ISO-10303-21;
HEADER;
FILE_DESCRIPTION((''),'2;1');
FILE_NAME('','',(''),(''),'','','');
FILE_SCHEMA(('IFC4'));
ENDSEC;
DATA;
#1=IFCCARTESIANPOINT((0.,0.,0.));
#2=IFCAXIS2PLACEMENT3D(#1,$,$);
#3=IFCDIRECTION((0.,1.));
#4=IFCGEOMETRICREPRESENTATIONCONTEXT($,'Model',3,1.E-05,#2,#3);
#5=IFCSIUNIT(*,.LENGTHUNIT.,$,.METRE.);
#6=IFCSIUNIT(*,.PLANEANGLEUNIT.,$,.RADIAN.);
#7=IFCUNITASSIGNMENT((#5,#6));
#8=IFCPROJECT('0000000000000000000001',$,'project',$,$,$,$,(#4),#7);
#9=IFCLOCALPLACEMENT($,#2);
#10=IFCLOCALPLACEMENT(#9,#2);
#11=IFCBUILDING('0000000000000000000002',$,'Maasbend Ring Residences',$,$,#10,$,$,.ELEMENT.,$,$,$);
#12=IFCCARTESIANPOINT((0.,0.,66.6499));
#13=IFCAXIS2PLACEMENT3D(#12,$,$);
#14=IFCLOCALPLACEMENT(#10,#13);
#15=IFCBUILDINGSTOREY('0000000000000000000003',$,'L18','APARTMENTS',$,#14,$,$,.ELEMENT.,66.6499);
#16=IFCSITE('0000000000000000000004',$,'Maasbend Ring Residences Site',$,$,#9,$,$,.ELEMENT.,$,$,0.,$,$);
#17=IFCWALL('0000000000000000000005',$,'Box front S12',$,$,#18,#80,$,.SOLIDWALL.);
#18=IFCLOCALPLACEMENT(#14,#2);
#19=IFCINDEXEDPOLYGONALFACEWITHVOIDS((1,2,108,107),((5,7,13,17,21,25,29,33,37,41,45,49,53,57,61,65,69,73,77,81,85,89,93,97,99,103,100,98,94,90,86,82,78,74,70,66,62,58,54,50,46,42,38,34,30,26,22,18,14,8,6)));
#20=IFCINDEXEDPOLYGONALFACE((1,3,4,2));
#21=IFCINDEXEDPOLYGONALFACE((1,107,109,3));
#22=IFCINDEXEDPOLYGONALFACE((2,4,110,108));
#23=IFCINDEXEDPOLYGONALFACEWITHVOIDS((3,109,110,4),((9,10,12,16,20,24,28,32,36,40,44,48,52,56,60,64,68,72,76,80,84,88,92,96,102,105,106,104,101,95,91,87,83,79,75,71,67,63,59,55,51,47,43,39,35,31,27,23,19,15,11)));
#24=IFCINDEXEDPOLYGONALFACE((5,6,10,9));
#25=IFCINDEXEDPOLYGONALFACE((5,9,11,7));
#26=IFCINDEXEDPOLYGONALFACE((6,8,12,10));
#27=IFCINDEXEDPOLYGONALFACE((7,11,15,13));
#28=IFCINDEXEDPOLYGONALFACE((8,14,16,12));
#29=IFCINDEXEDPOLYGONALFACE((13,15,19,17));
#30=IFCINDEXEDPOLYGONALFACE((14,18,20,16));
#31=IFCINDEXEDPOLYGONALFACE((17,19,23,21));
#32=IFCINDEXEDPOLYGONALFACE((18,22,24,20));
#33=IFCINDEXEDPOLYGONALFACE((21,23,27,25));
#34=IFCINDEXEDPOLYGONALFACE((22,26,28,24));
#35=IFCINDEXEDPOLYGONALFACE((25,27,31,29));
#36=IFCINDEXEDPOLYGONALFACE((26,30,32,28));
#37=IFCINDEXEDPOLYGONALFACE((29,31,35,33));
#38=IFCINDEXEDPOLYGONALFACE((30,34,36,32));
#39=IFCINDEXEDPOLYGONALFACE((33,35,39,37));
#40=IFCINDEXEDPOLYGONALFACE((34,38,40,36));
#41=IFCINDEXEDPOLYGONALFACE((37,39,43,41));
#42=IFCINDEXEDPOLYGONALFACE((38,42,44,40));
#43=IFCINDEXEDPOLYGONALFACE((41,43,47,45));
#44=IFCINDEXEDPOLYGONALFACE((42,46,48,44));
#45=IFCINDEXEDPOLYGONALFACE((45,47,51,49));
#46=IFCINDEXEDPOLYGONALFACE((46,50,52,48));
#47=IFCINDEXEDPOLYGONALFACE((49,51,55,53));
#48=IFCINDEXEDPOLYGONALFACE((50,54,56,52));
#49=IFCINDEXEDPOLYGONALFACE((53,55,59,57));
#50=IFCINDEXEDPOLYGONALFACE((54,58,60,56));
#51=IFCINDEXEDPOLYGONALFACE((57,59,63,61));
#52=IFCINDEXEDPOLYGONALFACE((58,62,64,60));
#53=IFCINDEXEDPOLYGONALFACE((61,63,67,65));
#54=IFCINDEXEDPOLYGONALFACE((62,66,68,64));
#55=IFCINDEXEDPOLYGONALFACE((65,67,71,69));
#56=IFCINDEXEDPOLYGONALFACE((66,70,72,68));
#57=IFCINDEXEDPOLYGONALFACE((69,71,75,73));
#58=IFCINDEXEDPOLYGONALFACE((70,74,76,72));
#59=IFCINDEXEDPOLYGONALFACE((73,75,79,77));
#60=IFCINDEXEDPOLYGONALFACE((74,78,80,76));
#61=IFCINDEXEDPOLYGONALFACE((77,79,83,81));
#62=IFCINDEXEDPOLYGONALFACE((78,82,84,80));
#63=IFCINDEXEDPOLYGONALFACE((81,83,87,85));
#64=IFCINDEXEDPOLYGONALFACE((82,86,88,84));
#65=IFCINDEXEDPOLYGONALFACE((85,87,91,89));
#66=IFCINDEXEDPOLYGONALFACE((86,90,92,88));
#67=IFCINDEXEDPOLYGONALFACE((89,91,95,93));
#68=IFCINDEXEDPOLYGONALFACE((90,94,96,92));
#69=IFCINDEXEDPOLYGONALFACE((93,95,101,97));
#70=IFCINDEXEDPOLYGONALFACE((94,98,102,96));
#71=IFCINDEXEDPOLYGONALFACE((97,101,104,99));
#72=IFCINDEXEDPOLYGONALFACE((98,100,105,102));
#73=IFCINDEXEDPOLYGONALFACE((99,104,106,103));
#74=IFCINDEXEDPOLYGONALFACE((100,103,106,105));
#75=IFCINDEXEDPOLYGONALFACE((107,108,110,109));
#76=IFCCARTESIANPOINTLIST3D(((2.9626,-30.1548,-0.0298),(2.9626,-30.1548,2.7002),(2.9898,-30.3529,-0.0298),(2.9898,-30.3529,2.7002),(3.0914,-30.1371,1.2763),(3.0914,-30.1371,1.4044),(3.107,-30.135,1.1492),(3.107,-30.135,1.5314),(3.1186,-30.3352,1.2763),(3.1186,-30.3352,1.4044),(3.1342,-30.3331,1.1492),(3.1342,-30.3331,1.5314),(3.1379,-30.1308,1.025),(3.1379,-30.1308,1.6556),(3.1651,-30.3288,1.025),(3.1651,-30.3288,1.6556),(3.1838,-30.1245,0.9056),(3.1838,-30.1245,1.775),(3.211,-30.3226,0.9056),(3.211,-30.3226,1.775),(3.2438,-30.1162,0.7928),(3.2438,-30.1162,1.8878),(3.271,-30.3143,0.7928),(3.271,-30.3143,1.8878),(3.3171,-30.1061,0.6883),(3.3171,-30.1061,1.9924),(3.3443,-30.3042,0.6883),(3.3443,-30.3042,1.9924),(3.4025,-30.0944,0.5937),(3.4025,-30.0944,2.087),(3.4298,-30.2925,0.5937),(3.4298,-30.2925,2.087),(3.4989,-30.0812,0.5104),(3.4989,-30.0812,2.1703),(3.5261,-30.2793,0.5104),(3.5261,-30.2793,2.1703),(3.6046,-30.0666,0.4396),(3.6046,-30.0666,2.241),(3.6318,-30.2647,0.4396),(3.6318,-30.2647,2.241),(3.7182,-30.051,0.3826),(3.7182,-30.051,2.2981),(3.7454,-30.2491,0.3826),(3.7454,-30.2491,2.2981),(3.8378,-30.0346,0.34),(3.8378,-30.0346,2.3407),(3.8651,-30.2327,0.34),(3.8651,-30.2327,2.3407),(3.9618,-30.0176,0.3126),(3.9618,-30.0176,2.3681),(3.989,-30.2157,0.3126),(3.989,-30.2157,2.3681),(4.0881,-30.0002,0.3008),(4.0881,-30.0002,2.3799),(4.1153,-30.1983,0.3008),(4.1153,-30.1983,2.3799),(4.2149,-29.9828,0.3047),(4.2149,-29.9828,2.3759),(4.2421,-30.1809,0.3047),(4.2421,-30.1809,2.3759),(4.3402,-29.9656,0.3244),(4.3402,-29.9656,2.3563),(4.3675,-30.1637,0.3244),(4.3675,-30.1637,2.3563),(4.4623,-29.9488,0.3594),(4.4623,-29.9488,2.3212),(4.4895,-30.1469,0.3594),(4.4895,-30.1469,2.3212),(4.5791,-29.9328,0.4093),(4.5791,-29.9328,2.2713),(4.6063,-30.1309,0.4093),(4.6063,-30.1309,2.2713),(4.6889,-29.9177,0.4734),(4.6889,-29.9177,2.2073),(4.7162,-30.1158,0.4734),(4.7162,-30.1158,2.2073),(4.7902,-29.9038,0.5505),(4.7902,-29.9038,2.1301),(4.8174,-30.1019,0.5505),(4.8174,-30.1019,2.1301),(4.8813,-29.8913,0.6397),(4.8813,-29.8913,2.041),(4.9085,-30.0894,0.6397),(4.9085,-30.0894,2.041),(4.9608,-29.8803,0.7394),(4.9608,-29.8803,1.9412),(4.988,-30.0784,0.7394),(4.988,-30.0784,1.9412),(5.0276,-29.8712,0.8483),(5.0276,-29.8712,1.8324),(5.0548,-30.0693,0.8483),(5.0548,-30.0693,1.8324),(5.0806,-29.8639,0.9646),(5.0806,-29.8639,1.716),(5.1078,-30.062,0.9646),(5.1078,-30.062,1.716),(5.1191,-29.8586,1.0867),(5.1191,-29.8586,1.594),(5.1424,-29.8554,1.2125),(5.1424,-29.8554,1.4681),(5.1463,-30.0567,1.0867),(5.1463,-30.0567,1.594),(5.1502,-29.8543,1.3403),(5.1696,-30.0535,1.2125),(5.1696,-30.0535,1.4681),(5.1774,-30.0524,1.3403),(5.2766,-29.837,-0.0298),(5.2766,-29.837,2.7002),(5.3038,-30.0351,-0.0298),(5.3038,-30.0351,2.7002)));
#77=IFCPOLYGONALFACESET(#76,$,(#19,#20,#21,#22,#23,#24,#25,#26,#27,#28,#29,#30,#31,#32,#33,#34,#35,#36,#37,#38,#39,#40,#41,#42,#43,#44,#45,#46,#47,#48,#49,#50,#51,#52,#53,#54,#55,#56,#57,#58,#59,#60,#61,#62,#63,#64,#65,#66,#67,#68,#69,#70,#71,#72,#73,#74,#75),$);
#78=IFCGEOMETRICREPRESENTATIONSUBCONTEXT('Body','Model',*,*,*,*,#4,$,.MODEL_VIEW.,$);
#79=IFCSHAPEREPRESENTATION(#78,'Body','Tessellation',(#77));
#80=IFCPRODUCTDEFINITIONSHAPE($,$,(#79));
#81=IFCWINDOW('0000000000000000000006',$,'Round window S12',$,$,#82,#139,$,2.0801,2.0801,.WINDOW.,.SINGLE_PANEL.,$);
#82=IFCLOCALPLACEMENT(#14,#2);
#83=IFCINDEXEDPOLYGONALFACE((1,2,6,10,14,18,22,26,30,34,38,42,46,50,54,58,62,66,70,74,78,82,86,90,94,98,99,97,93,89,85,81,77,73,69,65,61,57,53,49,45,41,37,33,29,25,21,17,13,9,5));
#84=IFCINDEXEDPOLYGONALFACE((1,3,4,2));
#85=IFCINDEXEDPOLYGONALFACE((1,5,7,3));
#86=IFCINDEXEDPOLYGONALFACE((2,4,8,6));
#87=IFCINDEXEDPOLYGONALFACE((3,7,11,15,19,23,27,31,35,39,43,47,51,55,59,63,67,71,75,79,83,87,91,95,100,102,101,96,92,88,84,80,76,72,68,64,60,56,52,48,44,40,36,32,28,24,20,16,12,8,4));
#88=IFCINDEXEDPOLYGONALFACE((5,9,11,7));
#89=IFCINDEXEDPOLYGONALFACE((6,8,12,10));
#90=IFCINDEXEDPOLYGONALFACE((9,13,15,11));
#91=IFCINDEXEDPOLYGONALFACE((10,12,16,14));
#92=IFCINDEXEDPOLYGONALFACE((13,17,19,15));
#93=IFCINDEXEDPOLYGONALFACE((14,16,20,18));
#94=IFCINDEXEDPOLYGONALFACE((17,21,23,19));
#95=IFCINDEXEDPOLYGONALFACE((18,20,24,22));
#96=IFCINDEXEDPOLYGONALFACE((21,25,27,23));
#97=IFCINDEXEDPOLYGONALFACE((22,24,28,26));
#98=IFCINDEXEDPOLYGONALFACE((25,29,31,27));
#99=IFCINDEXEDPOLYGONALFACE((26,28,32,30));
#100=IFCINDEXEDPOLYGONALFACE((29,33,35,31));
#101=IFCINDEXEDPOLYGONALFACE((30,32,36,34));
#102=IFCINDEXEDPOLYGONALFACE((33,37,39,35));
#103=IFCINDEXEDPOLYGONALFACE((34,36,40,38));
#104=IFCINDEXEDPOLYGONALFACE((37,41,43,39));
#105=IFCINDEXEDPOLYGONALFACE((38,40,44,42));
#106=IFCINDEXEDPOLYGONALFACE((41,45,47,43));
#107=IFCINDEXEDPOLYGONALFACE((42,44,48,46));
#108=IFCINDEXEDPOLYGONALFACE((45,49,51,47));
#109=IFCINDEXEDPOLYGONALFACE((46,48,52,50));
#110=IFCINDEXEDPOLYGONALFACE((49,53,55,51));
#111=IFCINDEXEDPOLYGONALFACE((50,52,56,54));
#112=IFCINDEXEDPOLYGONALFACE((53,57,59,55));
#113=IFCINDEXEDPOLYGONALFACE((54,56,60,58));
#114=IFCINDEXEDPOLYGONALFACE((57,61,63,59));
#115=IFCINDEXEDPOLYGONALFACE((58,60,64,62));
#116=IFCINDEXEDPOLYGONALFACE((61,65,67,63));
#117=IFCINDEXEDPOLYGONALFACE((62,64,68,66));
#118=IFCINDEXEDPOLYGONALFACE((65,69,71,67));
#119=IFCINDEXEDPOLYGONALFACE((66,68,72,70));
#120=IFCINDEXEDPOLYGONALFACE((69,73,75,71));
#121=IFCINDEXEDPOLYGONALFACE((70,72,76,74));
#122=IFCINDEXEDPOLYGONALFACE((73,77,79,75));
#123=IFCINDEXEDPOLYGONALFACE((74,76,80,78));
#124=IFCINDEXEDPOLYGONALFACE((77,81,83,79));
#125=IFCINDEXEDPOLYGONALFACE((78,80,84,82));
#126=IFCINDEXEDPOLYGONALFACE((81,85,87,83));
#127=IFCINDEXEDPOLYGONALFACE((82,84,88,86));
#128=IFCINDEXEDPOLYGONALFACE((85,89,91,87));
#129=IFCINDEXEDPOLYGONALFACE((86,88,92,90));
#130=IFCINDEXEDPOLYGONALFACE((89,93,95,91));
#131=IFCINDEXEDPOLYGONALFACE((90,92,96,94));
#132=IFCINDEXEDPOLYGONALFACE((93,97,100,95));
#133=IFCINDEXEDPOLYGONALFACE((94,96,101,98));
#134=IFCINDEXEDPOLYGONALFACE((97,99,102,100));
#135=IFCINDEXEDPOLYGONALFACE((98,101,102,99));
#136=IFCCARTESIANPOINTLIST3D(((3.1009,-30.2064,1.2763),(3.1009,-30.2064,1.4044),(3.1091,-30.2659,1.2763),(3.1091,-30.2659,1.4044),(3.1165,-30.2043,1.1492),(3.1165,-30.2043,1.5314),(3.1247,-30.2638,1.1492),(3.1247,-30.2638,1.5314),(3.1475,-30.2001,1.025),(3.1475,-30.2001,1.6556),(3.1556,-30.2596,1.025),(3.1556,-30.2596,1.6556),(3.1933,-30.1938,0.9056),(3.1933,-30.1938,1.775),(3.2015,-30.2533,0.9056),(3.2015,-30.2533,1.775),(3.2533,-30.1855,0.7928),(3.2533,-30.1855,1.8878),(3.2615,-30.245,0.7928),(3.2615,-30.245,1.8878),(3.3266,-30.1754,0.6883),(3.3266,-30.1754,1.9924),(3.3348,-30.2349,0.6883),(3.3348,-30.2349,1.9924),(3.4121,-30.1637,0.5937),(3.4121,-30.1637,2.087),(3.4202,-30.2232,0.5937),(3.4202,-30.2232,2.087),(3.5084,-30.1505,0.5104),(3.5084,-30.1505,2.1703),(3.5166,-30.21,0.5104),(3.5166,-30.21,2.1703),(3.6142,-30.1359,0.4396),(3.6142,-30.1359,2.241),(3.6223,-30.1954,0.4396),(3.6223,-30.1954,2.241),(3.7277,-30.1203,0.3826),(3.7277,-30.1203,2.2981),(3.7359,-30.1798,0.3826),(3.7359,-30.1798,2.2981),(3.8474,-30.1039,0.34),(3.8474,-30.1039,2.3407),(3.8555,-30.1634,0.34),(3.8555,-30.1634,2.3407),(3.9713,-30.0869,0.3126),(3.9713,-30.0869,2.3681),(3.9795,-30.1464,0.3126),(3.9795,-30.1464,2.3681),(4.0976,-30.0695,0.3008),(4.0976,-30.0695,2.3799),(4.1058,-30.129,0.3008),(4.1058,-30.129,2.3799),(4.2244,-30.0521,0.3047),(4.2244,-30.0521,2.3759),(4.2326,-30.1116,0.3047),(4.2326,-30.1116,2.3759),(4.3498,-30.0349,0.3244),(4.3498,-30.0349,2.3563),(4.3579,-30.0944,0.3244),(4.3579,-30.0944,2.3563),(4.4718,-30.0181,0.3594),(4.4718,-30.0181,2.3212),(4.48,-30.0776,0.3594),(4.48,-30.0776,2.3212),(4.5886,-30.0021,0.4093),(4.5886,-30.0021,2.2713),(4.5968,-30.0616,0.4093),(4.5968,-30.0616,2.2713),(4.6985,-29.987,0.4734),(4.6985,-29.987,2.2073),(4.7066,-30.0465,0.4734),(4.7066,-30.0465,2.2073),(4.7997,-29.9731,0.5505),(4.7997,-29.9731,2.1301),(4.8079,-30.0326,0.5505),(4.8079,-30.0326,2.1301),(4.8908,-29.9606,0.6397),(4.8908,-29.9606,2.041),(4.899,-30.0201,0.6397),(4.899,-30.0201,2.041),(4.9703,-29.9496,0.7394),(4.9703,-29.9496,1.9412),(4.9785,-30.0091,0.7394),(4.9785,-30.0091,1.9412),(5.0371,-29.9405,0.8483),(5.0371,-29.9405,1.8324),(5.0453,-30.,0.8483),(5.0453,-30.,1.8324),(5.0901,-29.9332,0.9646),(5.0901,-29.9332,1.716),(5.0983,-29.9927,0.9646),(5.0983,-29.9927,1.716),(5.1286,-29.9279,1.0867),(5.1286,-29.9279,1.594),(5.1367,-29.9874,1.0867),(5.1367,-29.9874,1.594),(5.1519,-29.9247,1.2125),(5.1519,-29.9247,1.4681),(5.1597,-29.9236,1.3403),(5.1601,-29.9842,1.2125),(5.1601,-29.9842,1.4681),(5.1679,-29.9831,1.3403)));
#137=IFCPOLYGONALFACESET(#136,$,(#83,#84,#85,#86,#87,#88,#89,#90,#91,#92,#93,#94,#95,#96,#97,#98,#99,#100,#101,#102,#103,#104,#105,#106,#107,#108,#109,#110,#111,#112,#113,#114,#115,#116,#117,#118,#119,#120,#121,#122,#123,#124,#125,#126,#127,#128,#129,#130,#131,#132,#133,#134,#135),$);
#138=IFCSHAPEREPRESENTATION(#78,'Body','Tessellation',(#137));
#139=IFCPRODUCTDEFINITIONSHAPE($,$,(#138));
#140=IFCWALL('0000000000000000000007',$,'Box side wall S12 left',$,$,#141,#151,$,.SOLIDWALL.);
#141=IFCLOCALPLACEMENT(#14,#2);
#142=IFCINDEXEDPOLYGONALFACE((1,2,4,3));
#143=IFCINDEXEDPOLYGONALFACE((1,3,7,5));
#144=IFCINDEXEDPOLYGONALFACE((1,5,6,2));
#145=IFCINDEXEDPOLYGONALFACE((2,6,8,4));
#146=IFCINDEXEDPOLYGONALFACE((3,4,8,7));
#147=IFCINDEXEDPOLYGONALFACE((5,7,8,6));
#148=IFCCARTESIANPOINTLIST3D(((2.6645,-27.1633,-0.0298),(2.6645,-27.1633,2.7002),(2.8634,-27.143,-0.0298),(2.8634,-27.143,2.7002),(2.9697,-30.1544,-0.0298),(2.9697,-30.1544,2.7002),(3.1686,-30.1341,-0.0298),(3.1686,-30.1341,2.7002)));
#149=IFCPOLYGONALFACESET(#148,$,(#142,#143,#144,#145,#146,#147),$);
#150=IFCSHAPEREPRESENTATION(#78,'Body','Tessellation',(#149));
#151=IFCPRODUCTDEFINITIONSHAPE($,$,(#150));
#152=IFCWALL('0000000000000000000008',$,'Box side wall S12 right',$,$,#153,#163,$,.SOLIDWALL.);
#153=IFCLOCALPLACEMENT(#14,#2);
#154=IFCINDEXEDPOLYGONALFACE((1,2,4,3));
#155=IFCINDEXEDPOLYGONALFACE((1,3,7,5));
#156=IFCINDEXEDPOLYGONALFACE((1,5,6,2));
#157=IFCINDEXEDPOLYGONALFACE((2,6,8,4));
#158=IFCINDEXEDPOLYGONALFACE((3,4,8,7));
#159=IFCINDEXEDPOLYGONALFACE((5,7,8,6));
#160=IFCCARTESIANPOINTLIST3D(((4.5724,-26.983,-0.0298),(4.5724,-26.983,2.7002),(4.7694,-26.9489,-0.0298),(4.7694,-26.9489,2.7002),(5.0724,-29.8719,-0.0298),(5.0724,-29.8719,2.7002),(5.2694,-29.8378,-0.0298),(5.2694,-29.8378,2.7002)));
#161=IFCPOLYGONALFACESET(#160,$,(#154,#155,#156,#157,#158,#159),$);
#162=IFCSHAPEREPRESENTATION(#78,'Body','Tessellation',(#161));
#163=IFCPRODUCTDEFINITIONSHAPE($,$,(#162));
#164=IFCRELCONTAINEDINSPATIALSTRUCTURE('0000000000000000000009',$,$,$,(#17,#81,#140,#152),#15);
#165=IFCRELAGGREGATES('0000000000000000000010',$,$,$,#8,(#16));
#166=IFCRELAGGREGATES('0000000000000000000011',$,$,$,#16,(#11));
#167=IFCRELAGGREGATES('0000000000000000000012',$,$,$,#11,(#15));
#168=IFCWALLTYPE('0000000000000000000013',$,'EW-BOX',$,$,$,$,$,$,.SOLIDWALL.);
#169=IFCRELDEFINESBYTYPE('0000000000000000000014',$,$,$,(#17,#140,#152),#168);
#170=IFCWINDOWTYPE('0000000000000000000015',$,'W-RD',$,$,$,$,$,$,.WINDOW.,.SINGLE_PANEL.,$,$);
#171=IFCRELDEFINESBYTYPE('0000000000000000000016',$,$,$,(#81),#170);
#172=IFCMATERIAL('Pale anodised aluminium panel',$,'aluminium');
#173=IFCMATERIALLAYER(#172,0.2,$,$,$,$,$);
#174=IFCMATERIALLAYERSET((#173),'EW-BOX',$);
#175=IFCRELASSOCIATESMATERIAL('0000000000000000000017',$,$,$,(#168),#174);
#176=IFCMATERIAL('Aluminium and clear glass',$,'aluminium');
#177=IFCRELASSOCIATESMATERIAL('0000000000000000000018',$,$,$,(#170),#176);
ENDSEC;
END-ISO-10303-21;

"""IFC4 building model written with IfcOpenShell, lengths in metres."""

from ifc_helpers import new_model, si_unit, direction, frame, frame_2d, origin, place, context, subcontext, project, spatial, rectangle, circle, extrude, material, layer, layer_set, type_object, element, fill, save


model = new_model("IFC4")

# Units and contexts
model_context = context("Model", 3, precision=1e-05, world=origin(), true_north=direction((0.0, 1.0)))
body_context = subcontext(model_context, "Body", "Model", "MODEL_VIEW")
ifc_project = project(units=[si_unit("LENGTHUNIT", "METRE"), si_unit("PLANEANGLEUNIT", "RADIAN")], contexts=[model_context])

# Site, building, storey
site_placement = place(None, origin())
site = spatial("IfcSite", under=ifc_project, at=site_placement, Name="Maasbend Ring Residences Site", CompositionType="ELEMENT", RefElevation=0.0)
building_placement = place(site_placement, origin())
building = spatial("IfcBuilding", under=site, at=building_placement, Name="Maasbend Ring Residences", CompositionType="ELEMENT")
storey_placement = place(building_placement, frame((0.0, 0.0, 66.6499)))
storey = spatial("IfcBuildingStorey", under=building, at=storey_placement, Name="L18", Description="APARTMENTS", CompositionType="ELEMENT", Elevation=66.6499)

# Wall, opening, window
ifc_material_1 = material(Name="Pale anodised aluminium panel", Category="aluminium")
ifc_layer_1 = layer(ifc_material_1, 0.2)
ifc_layer_set_1 = layer_set([ifc_layer_1], Name="EW-BOX")
wall_type_1 = type_object("IfcWallType", Name="EW-BOX", PredefinedType="SOLIDWALL", material=ifc_layer_set_1)
wall_1_placement = place(storey_placement, frame((2.9761, -30.2539, -0.0298), z_axis=(0.0, 0.0, 1.0), x_axis=(0.990696, 0.136093, 0.0)))
wall_1 = element("IfcWall", 1, at=wall_1_placement, inside=storey, type_object=wall_type_1, Name="Box front S12", PredefinedType="SOLIDWALL", context=body_context, shape_type="SweptSolid", body=[
    extrude(rectangle(XDim=2.3357, YDim=0.2, at=frame_2d((1.168, 0.0))), origin(), (0.0, 0.0, 1.0), 2.73),
])
opening_1_placement = place(wall_1_placement, frame((0.1282, 0.0, 0.3301)))
opening_1 = element("IfcOpeningElement", 2, at=opening_1_placement, cuts=wall_1, PredefinedType="OPENING", context=body_context, shape_type="SweptSolid", body=[
    extrude(circle(Radius=1.04, at=frame_2d((1.04, 1.04))), frame((0.0, 0.1099, 0.0), z_axis=(0.0, -1.0, 0.0), x_axis=(1.0, 0.0, 0.0)), (0.0, 0.0, 1.0), 0.22),
])
ifc_material_2 = material(Name="Aluminium and clear glass", Category="aluminium")
window_type_1 = type_object("IfcWindowType", Name="W-RD", PartitioningType="SINGLE_PANEL", PredefinedType="WINDOW", material=ifc_material_2)
window_1_placement = place(opening_1_placement, origin())
window_1 = element("IfcWindow", 3, at=window_1_placement, inside=storey, type_object=window_type_1, Name="Round window S12", OverallHeight=2.0801, OverallWidth=2.0801, PartitioningType="SINGLE_PANEL", PredefinedType="WINDOW", context=body_context, shape_type="SweptSolid", body=[
    extrude(circle(Radius=1.04, at=frame_2d((1.04, 1.04))), frame((0.0, 0.03, 0.0), z_axis=(0.0, -1.0, 0.0), x_axis=(1.0, 0.0, 0.0)), (0.0, 0.0, 1.0), 0.0601),
])
fill(opening_1, window_1)

# Walls
wall_2_placement = place(storey_placement, frame((2.7639, -27.1531, -0.0298), z_axis=(0.0, 0.0, 1.0), x_axis=(0.101505, -0.994835, 0.0)))
element("IfcWall", 4, at=wall_2_placement, inside=storey, type_object=wall_type_1, Name="Box side wall S12 left", PredefinedType="SOLIDWALL", context=body_context, shape_type="SweptSolid", body=[
    extrude(rectangle(XDim=3.0066, YDim=0.2, at=frame_2d((1.5034, 0.0))), origin(), (0.0, 0.0, 1.0), 2.73),
])
wall_3_placement = place(storey_placement, frame((4.6709, -26.9661, -0.0298), z_axis=(0.0, 0.0, 1.0), x_axis=(0.17054, -0.985351, 0.0)))
element("IfcWall", 5, at=wall_3_placement, inside=storey, type_object=wall_type_1, Name="Box side wall S12 right", PredefinedType="SOLIDWALL", context=body_context, shape_type="SweptSolid", body=[
    extrude(rectangle(XDim=2.9319, YDim=0.2, at=frame_2d((1.4658, 0.0))), origin(), (0.0, 0.0, 1.0), 2.73),
])

save(model, "model.ifc")
